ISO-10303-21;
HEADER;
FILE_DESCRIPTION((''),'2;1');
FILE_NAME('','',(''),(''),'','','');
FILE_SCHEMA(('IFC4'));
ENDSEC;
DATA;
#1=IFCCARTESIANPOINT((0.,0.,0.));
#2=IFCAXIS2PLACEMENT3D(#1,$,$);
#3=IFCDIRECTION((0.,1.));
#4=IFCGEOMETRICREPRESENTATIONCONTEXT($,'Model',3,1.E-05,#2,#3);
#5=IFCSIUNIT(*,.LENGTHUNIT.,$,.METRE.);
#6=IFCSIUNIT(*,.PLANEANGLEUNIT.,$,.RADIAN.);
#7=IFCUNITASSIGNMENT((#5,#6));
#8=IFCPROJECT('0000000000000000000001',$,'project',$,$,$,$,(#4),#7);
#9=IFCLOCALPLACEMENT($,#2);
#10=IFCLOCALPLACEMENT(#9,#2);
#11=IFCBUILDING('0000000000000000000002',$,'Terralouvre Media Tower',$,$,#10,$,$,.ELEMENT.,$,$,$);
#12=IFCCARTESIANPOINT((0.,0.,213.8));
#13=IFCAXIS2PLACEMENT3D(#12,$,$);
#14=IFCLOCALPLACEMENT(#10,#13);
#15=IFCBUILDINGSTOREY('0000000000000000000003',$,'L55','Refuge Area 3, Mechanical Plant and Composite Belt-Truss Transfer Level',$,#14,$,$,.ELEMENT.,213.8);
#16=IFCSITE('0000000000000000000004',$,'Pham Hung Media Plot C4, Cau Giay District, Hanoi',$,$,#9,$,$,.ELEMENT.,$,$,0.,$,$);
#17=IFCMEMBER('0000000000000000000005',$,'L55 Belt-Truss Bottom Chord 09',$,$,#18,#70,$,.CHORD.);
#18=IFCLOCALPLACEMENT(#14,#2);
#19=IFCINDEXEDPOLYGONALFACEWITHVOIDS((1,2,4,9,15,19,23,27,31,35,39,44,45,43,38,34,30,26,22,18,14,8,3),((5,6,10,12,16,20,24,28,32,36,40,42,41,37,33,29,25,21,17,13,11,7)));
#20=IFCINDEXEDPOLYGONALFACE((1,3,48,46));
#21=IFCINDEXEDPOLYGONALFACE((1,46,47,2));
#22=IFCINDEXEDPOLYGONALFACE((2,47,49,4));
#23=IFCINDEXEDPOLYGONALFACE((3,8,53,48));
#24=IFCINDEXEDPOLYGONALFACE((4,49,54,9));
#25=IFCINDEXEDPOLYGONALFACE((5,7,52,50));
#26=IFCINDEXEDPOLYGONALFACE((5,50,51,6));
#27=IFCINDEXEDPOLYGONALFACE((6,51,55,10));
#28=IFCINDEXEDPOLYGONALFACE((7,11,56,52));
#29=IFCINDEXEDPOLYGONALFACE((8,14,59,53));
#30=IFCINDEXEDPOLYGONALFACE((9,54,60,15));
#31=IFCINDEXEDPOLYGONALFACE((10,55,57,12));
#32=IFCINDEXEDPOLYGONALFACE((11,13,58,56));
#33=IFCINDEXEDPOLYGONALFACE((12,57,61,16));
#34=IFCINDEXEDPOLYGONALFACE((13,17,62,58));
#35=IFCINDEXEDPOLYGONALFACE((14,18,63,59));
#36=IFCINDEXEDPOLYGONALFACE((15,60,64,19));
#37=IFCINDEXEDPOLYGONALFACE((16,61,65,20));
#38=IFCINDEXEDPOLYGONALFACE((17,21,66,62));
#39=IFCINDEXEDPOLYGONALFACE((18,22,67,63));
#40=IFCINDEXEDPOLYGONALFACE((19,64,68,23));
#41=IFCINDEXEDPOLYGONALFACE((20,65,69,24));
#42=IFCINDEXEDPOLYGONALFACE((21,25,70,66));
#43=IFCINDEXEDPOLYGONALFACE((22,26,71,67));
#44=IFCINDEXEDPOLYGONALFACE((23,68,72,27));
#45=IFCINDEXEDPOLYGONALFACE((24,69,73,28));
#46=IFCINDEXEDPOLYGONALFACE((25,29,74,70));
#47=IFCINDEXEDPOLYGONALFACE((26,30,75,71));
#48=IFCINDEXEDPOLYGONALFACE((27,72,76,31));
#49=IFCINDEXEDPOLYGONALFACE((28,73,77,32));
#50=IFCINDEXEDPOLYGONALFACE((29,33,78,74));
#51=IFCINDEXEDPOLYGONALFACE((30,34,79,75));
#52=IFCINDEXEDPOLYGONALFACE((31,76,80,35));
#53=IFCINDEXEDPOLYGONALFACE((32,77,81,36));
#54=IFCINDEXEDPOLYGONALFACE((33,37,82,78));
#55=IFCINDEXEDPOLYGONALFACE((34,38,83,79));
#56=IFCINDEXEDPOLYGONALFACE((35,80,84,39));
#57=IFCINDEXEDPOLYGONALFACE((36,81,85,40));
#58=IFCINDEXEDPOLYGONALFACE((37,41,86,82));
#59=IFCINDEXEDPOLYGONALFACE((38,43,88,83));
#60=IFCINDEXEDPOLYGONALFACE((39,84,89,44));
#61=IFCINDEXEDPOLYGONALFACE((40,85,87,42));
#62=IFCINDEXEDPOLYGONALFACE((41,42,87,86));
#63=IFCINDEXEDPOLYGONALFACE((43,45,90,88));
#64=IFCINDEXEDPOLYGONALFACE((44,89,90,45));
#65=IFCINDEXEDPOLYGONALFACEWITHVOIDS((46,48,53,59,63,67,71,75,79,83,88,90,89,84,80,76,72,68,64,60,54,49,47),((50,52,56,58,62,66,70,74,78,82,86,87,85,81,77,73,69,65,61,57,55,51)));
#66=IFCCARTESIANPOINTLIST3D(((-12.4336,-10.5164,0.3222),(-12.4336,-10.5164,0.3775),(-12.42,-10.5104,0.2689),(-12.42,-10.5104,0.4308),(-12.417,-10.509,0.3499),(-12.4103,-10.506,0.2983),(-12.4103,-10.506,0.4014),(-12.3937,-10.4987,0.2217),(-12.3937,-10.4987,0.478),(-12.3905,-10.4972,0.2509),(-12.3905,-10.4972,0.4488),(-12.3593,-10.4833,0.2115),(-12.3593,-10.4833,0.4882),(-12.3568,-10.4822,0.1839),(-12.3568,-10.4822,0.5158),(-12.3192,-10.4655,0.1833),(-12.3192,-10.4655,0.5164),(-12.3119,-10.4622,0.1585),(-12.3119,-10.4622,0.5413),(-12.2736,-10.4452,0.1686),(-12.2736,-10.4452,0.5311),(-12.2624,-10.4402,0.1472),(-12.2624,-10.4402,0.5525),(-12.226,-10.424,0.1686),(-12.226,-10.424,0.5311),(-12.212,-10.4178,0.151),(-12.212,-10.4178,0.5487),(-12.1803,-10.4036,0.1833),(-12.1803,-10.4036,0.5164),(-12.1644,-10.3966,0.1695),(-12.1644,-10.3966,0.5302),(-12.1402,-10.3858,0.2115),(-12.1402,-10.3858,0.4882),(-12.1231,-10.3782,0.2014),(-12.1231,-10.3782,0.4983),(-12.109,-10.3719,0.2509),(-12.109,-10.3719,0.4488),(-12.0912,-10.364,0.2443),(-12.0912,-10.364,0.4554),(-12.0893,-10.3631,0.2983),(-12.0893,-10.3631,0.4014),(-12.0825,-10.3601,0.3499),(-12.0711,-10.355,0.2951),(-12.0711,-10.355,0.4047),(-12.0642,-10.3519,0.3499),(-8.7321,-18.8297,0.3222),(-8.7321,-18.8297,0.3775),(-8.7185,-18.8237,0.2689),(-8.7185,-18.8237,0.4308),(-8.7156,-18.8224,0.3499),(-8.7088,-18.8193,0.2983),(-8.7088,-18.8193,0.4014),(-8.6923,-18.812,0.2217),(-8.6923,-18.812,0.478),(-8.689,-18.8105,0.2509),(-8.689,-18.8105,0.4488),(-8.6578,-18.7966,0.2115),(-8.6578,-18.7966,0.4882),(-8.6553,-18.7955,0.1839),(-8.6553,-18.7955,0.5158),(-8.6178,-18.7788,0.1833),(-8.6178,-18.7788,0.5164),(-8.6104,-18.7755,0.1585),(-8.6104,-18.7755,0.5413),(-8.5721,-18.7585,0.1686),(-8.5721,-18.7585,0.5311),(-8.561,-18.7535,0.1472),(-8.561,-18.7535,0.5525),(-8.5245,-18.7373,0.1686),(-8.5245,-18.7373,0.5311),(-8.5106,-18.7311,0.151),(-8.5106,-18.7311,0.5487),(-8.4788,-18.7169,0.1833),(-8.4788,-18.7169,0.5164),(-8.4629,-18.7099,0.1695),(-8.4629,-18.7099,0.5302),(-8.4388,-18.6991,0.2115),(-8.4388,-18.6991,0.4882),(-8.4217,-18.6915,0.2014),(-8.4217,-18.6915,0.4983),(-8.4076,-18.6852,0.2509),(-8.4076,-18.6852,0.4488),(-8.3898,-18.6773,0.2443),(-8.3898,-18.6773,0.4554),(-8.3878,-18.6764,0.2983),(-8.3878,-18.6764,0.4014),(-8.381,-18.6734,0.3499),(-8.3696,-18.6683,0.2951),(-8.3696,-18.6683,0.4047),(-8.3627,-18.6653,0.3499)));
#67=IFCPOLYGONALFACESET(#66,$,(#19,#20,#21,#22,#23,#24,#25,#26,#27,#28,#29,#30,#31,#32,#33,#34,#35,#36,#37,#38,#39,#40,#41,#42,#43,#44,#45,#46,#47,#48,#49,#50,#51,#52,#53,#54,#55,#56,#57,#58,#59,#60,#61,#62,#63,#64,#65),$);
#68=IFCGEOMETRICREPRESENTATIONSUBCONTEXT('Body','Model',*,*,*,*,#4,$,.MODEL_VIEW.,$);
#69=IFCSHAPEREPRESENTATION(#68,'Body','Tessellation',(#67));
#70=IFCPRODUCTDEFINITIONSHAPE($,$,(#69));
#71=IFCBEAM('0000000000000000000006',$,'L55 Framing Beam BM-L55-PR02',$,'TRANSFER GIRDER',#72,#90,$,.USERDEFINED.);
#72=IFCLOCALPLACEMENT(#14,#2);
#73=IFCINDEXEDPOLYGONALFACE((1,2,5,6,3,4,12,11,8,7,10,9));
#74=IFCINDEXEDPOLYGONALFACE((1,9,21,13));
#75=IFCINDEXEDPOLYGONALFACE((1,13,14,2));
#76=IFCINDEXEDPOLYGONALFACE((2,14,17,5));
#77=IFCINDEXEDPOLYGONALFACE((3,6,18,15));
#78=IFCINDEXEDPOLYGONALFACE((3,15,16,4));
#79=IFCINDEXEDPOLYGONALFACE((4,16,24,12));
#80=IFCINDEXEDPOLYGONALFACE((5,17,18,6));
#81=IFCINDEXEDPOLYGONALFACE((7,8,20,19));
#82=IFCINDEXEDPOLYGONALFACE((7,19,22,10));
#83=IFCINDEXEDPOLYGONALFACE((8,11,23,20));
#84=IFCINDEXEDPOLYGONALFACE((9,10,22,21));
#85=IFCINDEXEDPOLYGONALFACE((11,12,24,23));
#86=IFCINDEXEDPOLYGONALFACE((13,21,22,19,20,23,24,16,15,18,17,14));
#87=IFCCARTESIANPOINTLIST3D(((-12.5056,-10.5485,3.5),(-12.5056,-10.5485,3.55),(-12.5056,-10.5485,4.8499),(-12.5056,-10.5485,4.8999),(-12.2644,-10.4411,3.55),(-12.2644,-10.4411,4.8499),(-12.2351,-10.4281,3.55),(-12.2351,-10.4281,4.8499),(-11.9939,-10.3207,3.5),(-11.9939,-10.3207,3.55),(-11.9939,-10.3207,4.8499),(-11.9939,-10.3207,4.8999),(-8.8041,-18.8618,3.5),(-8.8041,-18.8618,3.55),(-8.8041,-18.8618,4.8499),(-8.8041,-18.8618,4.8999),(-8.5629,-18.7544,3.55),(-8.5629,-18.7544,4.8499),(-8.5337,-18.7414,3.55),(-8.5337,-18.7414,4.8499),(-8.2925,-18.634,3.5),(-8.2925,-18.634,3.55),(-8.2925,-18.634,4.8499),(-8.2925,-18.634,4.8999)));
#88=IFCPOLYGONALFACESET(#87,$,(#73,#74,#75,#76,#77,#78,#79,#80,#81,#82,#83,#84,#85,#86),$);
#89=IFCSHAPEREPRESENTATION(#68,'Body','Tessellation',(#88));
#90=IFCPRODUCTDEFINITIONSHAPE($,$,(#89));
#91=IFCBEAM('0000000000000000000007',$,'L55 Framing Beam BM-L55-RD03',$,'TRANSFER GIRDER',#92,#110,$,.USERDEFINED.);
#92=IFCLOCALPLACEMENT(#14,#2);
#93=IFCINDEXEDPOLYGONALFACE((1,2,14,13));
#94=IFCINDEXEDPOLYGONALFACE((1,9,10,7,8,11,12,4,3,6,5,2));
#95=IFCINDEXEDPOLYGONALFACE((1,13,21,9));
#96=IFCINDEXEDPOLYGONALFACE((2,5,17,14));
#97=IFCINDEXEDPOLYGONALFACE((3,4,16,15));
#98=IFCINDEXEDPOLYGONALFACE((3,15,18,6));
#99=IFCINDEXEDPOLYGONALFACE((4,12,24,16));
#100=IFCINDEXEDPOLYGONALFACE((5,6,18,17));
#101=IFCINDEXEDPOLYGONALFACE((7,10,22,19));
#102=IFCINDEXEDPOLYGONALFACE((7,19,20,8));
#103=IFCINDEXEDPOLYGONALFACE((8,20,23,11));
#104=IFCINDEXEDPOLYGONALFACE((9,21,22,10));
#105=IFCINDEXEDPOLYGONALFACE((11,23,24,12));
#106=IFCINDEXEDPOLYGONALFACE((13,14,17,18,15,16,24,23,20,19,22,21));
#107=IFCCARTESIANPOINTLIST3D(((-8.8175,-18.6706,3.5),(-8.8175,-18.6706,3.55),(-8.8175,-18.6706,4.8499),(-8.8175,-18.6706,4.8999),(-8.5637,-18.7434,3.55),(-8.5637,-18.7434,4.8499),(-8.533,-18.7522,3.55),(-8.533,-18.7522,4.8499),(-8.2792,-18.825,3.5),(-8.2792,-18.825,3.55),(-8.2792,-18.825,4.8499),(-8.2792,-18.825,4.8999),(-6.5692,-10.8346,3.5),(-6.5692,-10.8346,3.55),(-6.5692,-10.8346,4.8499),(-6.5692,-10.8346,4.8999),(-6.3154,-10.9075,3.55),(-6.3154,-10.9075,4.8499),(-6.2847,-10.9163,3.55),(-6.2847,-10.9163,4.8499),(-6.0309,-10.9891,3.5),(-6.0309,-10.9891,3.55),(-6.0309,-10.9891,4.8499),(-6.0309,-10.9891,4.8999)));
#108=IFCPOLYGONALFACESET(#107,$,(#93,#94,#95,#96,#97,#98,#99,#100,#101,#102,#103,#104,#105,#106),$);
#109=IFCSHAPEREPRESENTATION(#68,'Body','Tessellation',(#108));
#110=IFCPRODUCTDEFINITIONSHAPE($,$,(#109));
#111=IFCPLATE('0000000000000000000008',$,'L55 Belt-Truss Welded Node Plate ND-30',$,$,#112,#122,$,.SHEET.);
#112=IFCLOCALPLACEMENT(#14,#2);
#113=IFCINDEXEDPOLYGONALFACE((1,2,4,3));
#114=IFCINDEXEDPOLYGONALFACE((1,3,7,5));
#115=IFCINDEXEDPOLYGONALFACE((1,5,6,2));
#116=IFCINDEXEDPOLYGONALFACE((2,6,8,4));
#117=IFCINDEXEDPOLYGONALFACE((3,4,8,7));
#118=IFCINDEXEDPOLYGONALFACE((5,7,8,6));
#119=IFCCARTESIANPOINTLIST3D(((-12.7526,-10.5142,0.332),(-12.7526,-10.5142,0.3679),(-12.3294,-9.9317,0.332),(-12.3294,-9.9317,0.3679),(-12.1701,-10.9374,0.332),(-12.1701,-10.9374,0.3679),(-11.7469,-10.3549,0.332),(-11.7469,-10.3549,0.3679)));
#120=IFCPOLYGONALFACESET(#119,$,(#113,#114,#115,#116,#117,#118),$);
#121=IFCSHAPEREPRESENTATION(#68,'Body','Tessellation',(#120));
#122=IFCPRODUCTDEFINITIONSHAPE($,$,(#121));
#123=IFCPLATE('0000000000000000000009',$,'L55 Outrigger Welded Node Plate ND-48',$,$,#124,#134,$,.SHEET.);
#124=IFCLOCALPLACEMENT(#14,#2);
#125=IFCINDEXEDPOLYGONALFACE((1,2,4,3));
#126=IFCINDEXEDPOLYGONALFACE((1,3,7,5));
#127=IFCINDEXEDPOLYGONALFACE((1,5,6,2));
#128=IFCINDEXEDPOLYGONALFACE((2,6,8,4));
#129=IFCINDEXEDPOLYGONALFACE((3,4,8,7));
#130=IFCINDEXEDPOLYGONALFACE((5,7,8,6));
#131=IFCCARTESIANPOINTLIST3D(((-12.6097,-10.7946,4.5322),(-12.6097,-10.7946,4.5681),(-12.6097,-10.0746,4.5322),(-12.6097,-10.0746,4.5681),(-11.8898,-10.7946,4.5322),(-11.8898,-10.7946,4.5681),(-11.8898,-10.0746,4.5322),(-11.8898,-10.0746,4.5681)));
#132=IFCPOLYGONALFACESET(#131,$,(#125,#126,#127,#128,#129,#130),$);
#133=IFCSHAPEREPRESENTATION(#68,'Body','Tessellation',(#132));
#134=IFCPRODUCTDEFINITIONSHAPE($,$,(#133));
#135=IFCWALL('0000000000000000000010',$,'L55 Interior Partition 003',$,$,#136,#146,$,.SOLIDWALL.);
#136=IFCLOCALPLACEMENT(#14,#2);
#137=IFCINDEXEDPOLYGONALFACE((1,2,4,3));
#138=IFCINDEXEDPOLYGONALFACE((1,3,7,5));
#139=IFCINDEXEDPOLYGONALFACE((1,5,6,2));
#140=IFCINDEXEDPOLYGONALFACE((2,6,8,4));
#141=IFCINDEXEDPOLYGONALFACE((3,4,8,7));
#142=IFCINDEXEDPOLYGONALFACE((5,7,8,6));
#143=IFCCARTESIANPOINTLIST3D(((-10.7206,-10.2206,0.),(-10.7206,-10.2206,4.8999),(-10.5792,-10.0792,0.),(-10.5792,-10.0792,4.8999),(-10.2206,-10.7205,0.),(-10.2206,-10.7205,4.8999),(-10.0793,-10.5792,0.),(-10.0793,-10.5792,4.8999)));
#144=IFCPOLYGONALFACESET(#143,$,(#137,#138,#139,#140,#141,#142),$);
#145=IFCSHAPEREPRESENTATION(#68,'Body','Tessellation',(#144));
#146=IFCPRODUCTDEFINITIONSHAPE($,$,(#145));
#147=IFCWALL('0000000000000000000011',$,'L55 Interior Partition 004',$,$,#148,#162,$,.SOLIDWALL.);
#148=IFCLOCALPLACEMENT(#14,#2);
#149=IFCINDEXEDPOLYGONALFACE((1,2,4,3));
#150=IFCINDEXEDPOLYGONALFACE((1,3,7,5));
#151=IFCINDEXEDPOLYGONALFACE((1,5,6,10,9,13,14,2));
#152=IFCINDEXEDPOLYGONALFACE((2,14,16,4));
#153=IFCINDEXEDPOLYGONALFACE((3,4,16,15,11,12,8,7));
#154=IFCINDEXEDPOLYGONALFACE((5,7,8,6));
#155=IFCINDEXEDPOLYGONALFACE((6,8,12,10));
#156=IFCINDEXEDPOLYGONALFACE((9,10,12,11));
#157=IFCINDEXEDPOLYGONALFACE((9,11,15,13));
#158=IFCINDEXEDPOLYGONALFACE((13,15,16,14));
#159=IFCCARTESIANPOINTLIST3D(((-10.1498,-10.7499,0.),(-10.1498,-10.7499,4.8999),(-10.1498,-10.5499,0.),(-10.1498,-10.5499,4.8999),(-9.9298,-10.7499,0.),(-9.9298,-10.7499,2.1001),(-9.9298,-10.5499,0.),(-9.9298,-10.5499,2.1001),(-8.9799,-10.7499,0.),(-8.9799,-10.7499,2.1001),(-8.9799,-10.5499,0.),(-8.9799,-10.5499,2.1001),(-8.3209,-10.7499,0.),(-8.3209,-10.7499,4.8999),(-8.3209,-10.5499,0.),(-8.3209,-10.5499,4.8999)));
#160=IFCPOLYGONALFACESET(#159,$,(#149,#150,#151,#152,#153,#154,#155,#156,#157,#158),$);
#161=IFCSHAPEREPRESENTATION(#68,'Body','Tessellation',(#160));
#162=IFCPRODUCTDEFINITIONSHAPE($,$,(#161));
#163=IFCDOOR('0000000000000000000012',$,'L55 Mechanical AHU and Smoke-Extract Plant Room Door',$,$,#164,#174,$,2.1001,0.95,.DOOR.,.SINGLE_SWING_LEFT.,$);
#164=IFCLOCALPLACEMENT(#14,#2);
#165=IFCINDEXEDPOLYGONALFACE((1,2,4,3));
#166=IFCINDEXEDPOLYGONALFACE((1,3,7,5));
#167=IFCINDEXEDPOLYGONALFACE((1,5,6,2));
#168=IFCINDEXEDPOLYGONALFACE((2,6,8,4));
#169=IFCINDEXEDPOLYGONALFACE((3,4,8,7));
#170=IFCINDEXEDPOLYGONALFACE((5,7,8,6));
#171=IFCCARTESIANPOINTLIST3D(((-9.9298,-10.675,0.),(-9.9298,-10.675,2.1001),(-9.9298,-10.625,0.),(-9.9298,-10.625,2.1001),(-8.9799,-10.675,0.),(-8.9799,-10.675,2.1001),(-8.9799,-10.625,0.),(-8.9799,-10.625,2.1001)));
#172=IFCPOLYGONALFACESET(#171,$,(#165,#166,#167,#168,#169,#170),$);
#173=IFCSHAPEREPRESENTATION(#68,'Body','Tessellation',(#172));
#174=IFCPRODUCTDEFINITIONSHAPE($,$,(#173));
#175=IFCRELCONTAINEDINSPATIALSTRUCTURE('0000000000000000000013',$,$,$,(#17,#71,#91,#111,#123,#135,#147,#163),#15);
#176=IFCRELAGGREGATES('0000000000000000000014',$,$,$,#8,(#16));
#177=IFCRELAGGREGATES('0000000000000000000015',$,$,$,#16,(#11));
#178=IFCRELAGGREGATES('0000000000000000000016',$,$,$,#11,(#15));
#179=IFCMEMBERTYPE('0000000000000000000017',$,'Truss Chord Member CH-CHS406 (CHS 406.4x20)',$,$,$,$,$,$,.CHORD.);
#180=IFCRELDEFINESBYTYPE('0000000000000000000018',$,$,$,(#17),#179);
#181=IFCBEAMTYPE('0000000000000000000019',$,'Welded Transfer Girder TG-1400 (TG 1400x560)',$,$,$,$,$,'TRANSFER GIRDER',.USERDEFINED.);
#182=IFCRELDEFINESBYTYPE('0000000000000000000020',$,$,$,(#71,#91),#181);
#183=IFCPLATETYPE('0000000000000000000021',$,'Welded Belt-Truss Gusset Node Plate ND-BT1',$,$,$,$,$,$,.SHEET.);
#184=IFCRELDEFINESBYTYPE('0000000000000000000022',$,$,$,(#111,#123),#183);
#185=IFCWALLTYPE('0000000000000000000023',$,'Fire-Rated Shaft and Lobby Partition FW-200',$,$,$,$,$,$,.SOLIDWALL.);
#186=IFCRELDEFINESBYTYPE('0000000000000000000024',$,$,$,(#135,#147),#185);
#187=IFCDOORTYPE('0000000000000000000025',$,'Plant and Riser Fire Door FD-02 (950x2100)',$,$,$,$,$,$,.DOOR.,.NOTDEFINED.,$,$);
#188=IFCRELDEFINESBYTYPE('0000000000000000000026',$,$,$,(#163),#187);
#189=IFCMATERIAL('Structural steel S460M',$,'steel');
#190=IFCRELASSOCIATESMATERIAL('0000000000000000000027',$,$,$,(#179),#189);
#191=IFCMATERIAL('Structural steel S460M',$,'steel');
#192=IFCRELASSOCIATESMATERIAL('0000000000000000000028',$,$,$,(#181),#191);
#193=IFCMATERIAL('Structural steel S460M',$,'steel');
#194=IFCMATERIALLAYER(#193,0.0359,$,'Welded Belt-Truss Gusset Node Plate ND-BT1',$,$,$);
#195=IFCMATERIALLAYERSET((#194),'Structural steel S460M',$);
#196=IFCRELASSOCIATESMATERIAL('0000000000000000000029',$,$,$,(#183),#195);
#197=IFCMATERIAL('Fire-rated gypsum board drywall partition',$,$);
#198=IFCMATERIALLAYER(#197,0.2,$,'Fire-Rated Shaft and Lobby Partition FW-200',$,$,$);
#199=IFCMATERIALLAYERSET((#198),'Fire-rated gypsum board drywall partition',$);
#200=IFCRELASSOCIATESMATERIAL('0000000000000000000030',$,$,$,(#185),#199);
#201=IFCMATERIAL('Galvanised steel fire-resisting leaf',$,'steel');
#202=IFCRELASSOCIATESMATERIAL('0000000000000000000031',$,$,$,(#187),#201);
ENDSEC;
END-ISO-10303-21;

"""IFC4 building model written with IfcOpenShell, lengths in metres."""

from ifc_helpers import new_model, si_unit, direction, frame, frame_2d, origin, origin_2d, place, context, subcontext, project, spatial, rectangle, hollow_circle, i_section, extrude, material, layer, layer_set, material_profile, profile_set, type_object, element, fill, save


model = new_model("IFC4")

# Units and contexts
model_context = context("Model", 3, precision=1e-05, world=origin(), true_north=direction((0.0, 1.0)))
body_context = subcontext(model_context, "Body", "Model", "MODEL_VIEW")
ifc_project = project(units=[si_unit("LENGTHUNIT", "METRE"), si_unit("PLANEANGLEUNIT", "RADIAN")], contexts=[model_context])

# Site, building, storey
site_placement = place(None, origin())
site = spatial("IfcSite", under=ifc_project, at=site_placement, Name="Pham Hung Media Plot C4, Cau Giay District, Hanoi", CompositionType="ELEMENT", RefElevation=0.0)
building_placement = place(site_placement, origin())
building = spatial("IfcBuilding", under=site, at=building_placement, Name="Terralouvre Media Tower", CompositionType="ELEMENT")
storey_placement = place(building_placement, frame((0.0, 0.0, 213.8)))
storey = spatial("IfcBuildingStorey", under=building, at=storey_placement, Name="L55", Description="Refuge Area 3, Mechanical Plant and Composite Belt-Truss Transfer Level", CompositionType="ELEMENT", Elevation=213.8)

# Member
ifc_material_1 = material(Name="Structural steel S460M", Category="steel")
ifc_material_profile_1 = material_profile(ifc_material_1, hollow_circle(Radius=0.2031, WallThickness=0.02, at=origin_2d()), Name="CHS 406.4x20")
ifc_profile_set_1 = profile_set([ifc_material_profile_1], Name="Structural steel S460M")
member_type_1 = type_object("IfcMemberType", Name="Truss Chord Member CH-CHS406 (CHS 406.4x20)", PredefinedType="CHORD", material=ifc_profile_set_1)
member_1_placement = place(storey_placement, frame((-12.2498, -10.4346, 0.3499), z_axis=(0.406748, -0.91354, 0.0), x_axis=(0.91354, 0.406748, 0.0)))
element("IfcMember", 1, at=member_1_placement, inside=storey, type_object=member_type_1, Name="L55 Belt-Truss Bottom Chord 09", PredefinedType="CHORD", context=body_context, shape_type="SweptSolid", body=[
    extrude(hollow_circle(Radius=0.2031, WallThickness=0.02, at=origin_2d()), origin(), (0.0, 0.0, 1.0), 9.1001),
])

# Beams
ifc_material_2 = material(Name="Structural steel S460M", Category="steel")
ifc_material_profile_2 = material_profile(ifc_material_2, i_section(OverallWidth=0.5601, OverallDepth=1.3999, WebThickness=0.032, FlangeThickness=0.05, at=origin_2d()), Name="TG 1400x560")
ifc_profile_set_2 = profile_set([ifc_material_profile_2], Name="Structural steel S460M")
beam_type_1 = type_object("IfcBeamType", Name="Welded Transfer Girder TG-1400 (TG 1400x560)", ElementType="TRANSFER GIRDER", PredefinedType="USERDEFINED", material=ifc_profile_set_2)
beam_1_placement = place(storey_placement, frame((-12.2498, -10.4346, 4.2), z_axis=(0.406748, -0.91354, 0.0), x_axis=(0.91354, 0.406748, 0.0)))
element("IfcBeam", 2, at=beam_1_placement, inside=storey, type_object=beam_type_1, Name="L55 Framing Beam BM-L55-PR02", ObjectType="TRANSFER GIRDER", PredefinedType="USERDEFINED", context=body_context, shape_type="SweptSolid", body=[
    extrude(i_section(OverallWidth=0.5601, OverallDepth=1.3999, WebThickness=0.032, FlangeThickness=0.05, at=origin_2d()), origin(), (0.0, 0.0, 1.0), 9.1001),
])
beam_2_placement = place(storey_placement, frame((-6.3, -10.9119, 4.2), z_axis=(-0.275793, -0.961217, 0.0), x_axis=(0.961217, -0.275793, 0.0)))
element("IfcBeam", 3, at=beam_2_placement, inside=storey, type_object=beam_type_1, Name="L55 Framing Beam BM-L55-RD03", ObjectType="TRANSFER GIRDER", PredefinedType="USERDEFINED", context=body_context, shape_type="SweptSolid", body=[
    extrude(i_section(OverallWidth=0.5601, OverallDepth=1.3999, WebThickness=0.032, FlangeThickness=0.05, at=origin_2d()), origin(), (0.0, 0.0, 1.0), 8.1521),
])

# Plates
ifc_material_3 = material(Name="Structural steel S460M", Category="steel")
ifc_layer_1 = layer(ifc_material_3, 0.0359, Name="Welded Belt-Truss Gusset Node Plate ND-BT1")
ifc_layer_set_1 = layer_set([ifc_layer_1], Name="Structural steel S460M")
plate_type = type_object("IfcPlateType", Name="Welded Belt-Truss Gusset Node Plate ND-BT1", PredefinedType="SHEET", material=ifc_layer_set_1)
for number, where, z_axis, x_axis, name in (
    (4, (-12.2498, -10.4346, 0.332), (0.0, 0.0, 1.0), (0.587785, 0.809017, 0.0), "L55 Belt-Truss Welded Node Plate ND-30"),
    (5, (-12.2498, -10.4346, 4.5322), (0.0, 0.0, 1.0), (1.0, 0.0, 0.0), "L55 Outrigger Welded Node Plate ND-48"),
):
    element("IfcPlate", number, at=place(storey_placement, frame(where, z_axis=z_axis, x_axis=x_axis)), inside=storey, type_object=plate_type, Name=name, PredefinedType="SHEET", context=body_context, shape_type="SweptSolid", body=[
        extrude(rectangle(XDim=0.72, YDim=0.72, at=origin_2d()), origin(), (0.0, 0.0, 1.0), 0.0359),
    ])

# Wall
ifc_material_4 = material(Name="Fire-rated gypsum board drywall partition")
ifc_layer_2 = layer(ifc_material_4, 0.2, Name="Fire-Rated Shaft and Lobby Partition FW-200")
ifc_layer_set_2 = layer_set([ifc_layer_2], Name="Fire-rated gypsum board drywall partition")
wall_type = type_object("IfcWallType", Name="Fire-Rated Shaft and Lobby Partition FW-200", PredefinedType="SOLIDWALL", material=ifc_layer_set_2)
wall_1_placement = place(storey_placement, frame((-10.6499, -10.1499, 0.0), z_axis=(0.0, 0.0, 1.0), x_axis=(0.707107, -0.707107, 0.0)))
element("IfcWall", 6, at=wall_1_placement, inside=storey, type_object=wall_type, Name="L55 Interior Partition 003", PredefinedType="SOLIDWALL", context=body_context, shape_type="SweptSolid", body=[
    extrude(rectangle(XDim=0.707, YDim=0.2, at=frame_2d((0.3535, 0.0))), origin(), (0.0, 0.0, 1.0), 4.8999),
])

# Wall, opening, door
wall_2_placement = place(storey_placement, frame((-10.1499, -10.6499, 0.0), z_axis=(0.0, 0.0, 1.0), x_axis=(1.0, 0.0, 0.0)))
wall_2 = element("IfcWall", 7, at=wall_2_placement, inside=storey, type_object=wall_type, Name="L55 Interior Partition 004", PredefinedType="SOLIDWALL", context=body_context, shape_type="SweptSolid", body=[
    extrude(rectangle(XDim=1.8289, YDim=0.2, at=frame_2d((0.9146, 0.0))), origin(), (0.0, 0.0, 1.0), 4.8999),
])
opening_1_placement = place(wall_2_placement, frame((0.22, 0.0, 0.0)))
opening_1 = element("IfcOpeningElement", 8, at=opening_1_placement, cuts=wall_2, PredefinedType="OPENING", context=body_context, shape_type="SweptSolid", body=[
    extrude(rectangle(XDim=0.95, YDim=2.1001, at=frame_2d((0.4751, 1.05))), frame((0.0, 0.1099, 0.0), z_axis=(0.0, -1.0, 0.0), x_axis=(1.0, 0.0, 0.0)), (0.0, 0.0, 1.0), 0.22),
])
ifc_material_5 = material(Name="Galvanised steel fire-resisting leaf", Category="steel")
door_type = type_object("IfcDoorType", Name="Plant and Riser Fire Door FD-02 (950x2100)", OperationType="NOTDEFINED", PredefinedType="DOOR", material=ifc_material_5)
door_1_placement = place(opening_1_placement, origin())
door_1 = element("IfcDoor", 9, at=door_1_placement, inside=storey, type_object=door_type, Name="L55 Mechanical AHU and Smoke-Extract Plant Room Door", OperationType="SINGLE_SWING_LEFT", OverallHeight=2.1001, OverallWidth=0.95, PredefinedType="DOOR", context=body_context, shape_type="SweptSolid", body=[
    extrude(rectangle(XDim=0.95, YDim=2.1001, at=frame_2d((0.4751, 1.05))), frame((0.0, 0.0249, 0.0), z_axis=(0.0, -1.0, 0.0), x_axis=(1.0, 0.0, 0.0)), (0.0, 0.0, 1.0), 0.05),
])
fill(opening_1, door_1)

save(model, "model.ifc")
